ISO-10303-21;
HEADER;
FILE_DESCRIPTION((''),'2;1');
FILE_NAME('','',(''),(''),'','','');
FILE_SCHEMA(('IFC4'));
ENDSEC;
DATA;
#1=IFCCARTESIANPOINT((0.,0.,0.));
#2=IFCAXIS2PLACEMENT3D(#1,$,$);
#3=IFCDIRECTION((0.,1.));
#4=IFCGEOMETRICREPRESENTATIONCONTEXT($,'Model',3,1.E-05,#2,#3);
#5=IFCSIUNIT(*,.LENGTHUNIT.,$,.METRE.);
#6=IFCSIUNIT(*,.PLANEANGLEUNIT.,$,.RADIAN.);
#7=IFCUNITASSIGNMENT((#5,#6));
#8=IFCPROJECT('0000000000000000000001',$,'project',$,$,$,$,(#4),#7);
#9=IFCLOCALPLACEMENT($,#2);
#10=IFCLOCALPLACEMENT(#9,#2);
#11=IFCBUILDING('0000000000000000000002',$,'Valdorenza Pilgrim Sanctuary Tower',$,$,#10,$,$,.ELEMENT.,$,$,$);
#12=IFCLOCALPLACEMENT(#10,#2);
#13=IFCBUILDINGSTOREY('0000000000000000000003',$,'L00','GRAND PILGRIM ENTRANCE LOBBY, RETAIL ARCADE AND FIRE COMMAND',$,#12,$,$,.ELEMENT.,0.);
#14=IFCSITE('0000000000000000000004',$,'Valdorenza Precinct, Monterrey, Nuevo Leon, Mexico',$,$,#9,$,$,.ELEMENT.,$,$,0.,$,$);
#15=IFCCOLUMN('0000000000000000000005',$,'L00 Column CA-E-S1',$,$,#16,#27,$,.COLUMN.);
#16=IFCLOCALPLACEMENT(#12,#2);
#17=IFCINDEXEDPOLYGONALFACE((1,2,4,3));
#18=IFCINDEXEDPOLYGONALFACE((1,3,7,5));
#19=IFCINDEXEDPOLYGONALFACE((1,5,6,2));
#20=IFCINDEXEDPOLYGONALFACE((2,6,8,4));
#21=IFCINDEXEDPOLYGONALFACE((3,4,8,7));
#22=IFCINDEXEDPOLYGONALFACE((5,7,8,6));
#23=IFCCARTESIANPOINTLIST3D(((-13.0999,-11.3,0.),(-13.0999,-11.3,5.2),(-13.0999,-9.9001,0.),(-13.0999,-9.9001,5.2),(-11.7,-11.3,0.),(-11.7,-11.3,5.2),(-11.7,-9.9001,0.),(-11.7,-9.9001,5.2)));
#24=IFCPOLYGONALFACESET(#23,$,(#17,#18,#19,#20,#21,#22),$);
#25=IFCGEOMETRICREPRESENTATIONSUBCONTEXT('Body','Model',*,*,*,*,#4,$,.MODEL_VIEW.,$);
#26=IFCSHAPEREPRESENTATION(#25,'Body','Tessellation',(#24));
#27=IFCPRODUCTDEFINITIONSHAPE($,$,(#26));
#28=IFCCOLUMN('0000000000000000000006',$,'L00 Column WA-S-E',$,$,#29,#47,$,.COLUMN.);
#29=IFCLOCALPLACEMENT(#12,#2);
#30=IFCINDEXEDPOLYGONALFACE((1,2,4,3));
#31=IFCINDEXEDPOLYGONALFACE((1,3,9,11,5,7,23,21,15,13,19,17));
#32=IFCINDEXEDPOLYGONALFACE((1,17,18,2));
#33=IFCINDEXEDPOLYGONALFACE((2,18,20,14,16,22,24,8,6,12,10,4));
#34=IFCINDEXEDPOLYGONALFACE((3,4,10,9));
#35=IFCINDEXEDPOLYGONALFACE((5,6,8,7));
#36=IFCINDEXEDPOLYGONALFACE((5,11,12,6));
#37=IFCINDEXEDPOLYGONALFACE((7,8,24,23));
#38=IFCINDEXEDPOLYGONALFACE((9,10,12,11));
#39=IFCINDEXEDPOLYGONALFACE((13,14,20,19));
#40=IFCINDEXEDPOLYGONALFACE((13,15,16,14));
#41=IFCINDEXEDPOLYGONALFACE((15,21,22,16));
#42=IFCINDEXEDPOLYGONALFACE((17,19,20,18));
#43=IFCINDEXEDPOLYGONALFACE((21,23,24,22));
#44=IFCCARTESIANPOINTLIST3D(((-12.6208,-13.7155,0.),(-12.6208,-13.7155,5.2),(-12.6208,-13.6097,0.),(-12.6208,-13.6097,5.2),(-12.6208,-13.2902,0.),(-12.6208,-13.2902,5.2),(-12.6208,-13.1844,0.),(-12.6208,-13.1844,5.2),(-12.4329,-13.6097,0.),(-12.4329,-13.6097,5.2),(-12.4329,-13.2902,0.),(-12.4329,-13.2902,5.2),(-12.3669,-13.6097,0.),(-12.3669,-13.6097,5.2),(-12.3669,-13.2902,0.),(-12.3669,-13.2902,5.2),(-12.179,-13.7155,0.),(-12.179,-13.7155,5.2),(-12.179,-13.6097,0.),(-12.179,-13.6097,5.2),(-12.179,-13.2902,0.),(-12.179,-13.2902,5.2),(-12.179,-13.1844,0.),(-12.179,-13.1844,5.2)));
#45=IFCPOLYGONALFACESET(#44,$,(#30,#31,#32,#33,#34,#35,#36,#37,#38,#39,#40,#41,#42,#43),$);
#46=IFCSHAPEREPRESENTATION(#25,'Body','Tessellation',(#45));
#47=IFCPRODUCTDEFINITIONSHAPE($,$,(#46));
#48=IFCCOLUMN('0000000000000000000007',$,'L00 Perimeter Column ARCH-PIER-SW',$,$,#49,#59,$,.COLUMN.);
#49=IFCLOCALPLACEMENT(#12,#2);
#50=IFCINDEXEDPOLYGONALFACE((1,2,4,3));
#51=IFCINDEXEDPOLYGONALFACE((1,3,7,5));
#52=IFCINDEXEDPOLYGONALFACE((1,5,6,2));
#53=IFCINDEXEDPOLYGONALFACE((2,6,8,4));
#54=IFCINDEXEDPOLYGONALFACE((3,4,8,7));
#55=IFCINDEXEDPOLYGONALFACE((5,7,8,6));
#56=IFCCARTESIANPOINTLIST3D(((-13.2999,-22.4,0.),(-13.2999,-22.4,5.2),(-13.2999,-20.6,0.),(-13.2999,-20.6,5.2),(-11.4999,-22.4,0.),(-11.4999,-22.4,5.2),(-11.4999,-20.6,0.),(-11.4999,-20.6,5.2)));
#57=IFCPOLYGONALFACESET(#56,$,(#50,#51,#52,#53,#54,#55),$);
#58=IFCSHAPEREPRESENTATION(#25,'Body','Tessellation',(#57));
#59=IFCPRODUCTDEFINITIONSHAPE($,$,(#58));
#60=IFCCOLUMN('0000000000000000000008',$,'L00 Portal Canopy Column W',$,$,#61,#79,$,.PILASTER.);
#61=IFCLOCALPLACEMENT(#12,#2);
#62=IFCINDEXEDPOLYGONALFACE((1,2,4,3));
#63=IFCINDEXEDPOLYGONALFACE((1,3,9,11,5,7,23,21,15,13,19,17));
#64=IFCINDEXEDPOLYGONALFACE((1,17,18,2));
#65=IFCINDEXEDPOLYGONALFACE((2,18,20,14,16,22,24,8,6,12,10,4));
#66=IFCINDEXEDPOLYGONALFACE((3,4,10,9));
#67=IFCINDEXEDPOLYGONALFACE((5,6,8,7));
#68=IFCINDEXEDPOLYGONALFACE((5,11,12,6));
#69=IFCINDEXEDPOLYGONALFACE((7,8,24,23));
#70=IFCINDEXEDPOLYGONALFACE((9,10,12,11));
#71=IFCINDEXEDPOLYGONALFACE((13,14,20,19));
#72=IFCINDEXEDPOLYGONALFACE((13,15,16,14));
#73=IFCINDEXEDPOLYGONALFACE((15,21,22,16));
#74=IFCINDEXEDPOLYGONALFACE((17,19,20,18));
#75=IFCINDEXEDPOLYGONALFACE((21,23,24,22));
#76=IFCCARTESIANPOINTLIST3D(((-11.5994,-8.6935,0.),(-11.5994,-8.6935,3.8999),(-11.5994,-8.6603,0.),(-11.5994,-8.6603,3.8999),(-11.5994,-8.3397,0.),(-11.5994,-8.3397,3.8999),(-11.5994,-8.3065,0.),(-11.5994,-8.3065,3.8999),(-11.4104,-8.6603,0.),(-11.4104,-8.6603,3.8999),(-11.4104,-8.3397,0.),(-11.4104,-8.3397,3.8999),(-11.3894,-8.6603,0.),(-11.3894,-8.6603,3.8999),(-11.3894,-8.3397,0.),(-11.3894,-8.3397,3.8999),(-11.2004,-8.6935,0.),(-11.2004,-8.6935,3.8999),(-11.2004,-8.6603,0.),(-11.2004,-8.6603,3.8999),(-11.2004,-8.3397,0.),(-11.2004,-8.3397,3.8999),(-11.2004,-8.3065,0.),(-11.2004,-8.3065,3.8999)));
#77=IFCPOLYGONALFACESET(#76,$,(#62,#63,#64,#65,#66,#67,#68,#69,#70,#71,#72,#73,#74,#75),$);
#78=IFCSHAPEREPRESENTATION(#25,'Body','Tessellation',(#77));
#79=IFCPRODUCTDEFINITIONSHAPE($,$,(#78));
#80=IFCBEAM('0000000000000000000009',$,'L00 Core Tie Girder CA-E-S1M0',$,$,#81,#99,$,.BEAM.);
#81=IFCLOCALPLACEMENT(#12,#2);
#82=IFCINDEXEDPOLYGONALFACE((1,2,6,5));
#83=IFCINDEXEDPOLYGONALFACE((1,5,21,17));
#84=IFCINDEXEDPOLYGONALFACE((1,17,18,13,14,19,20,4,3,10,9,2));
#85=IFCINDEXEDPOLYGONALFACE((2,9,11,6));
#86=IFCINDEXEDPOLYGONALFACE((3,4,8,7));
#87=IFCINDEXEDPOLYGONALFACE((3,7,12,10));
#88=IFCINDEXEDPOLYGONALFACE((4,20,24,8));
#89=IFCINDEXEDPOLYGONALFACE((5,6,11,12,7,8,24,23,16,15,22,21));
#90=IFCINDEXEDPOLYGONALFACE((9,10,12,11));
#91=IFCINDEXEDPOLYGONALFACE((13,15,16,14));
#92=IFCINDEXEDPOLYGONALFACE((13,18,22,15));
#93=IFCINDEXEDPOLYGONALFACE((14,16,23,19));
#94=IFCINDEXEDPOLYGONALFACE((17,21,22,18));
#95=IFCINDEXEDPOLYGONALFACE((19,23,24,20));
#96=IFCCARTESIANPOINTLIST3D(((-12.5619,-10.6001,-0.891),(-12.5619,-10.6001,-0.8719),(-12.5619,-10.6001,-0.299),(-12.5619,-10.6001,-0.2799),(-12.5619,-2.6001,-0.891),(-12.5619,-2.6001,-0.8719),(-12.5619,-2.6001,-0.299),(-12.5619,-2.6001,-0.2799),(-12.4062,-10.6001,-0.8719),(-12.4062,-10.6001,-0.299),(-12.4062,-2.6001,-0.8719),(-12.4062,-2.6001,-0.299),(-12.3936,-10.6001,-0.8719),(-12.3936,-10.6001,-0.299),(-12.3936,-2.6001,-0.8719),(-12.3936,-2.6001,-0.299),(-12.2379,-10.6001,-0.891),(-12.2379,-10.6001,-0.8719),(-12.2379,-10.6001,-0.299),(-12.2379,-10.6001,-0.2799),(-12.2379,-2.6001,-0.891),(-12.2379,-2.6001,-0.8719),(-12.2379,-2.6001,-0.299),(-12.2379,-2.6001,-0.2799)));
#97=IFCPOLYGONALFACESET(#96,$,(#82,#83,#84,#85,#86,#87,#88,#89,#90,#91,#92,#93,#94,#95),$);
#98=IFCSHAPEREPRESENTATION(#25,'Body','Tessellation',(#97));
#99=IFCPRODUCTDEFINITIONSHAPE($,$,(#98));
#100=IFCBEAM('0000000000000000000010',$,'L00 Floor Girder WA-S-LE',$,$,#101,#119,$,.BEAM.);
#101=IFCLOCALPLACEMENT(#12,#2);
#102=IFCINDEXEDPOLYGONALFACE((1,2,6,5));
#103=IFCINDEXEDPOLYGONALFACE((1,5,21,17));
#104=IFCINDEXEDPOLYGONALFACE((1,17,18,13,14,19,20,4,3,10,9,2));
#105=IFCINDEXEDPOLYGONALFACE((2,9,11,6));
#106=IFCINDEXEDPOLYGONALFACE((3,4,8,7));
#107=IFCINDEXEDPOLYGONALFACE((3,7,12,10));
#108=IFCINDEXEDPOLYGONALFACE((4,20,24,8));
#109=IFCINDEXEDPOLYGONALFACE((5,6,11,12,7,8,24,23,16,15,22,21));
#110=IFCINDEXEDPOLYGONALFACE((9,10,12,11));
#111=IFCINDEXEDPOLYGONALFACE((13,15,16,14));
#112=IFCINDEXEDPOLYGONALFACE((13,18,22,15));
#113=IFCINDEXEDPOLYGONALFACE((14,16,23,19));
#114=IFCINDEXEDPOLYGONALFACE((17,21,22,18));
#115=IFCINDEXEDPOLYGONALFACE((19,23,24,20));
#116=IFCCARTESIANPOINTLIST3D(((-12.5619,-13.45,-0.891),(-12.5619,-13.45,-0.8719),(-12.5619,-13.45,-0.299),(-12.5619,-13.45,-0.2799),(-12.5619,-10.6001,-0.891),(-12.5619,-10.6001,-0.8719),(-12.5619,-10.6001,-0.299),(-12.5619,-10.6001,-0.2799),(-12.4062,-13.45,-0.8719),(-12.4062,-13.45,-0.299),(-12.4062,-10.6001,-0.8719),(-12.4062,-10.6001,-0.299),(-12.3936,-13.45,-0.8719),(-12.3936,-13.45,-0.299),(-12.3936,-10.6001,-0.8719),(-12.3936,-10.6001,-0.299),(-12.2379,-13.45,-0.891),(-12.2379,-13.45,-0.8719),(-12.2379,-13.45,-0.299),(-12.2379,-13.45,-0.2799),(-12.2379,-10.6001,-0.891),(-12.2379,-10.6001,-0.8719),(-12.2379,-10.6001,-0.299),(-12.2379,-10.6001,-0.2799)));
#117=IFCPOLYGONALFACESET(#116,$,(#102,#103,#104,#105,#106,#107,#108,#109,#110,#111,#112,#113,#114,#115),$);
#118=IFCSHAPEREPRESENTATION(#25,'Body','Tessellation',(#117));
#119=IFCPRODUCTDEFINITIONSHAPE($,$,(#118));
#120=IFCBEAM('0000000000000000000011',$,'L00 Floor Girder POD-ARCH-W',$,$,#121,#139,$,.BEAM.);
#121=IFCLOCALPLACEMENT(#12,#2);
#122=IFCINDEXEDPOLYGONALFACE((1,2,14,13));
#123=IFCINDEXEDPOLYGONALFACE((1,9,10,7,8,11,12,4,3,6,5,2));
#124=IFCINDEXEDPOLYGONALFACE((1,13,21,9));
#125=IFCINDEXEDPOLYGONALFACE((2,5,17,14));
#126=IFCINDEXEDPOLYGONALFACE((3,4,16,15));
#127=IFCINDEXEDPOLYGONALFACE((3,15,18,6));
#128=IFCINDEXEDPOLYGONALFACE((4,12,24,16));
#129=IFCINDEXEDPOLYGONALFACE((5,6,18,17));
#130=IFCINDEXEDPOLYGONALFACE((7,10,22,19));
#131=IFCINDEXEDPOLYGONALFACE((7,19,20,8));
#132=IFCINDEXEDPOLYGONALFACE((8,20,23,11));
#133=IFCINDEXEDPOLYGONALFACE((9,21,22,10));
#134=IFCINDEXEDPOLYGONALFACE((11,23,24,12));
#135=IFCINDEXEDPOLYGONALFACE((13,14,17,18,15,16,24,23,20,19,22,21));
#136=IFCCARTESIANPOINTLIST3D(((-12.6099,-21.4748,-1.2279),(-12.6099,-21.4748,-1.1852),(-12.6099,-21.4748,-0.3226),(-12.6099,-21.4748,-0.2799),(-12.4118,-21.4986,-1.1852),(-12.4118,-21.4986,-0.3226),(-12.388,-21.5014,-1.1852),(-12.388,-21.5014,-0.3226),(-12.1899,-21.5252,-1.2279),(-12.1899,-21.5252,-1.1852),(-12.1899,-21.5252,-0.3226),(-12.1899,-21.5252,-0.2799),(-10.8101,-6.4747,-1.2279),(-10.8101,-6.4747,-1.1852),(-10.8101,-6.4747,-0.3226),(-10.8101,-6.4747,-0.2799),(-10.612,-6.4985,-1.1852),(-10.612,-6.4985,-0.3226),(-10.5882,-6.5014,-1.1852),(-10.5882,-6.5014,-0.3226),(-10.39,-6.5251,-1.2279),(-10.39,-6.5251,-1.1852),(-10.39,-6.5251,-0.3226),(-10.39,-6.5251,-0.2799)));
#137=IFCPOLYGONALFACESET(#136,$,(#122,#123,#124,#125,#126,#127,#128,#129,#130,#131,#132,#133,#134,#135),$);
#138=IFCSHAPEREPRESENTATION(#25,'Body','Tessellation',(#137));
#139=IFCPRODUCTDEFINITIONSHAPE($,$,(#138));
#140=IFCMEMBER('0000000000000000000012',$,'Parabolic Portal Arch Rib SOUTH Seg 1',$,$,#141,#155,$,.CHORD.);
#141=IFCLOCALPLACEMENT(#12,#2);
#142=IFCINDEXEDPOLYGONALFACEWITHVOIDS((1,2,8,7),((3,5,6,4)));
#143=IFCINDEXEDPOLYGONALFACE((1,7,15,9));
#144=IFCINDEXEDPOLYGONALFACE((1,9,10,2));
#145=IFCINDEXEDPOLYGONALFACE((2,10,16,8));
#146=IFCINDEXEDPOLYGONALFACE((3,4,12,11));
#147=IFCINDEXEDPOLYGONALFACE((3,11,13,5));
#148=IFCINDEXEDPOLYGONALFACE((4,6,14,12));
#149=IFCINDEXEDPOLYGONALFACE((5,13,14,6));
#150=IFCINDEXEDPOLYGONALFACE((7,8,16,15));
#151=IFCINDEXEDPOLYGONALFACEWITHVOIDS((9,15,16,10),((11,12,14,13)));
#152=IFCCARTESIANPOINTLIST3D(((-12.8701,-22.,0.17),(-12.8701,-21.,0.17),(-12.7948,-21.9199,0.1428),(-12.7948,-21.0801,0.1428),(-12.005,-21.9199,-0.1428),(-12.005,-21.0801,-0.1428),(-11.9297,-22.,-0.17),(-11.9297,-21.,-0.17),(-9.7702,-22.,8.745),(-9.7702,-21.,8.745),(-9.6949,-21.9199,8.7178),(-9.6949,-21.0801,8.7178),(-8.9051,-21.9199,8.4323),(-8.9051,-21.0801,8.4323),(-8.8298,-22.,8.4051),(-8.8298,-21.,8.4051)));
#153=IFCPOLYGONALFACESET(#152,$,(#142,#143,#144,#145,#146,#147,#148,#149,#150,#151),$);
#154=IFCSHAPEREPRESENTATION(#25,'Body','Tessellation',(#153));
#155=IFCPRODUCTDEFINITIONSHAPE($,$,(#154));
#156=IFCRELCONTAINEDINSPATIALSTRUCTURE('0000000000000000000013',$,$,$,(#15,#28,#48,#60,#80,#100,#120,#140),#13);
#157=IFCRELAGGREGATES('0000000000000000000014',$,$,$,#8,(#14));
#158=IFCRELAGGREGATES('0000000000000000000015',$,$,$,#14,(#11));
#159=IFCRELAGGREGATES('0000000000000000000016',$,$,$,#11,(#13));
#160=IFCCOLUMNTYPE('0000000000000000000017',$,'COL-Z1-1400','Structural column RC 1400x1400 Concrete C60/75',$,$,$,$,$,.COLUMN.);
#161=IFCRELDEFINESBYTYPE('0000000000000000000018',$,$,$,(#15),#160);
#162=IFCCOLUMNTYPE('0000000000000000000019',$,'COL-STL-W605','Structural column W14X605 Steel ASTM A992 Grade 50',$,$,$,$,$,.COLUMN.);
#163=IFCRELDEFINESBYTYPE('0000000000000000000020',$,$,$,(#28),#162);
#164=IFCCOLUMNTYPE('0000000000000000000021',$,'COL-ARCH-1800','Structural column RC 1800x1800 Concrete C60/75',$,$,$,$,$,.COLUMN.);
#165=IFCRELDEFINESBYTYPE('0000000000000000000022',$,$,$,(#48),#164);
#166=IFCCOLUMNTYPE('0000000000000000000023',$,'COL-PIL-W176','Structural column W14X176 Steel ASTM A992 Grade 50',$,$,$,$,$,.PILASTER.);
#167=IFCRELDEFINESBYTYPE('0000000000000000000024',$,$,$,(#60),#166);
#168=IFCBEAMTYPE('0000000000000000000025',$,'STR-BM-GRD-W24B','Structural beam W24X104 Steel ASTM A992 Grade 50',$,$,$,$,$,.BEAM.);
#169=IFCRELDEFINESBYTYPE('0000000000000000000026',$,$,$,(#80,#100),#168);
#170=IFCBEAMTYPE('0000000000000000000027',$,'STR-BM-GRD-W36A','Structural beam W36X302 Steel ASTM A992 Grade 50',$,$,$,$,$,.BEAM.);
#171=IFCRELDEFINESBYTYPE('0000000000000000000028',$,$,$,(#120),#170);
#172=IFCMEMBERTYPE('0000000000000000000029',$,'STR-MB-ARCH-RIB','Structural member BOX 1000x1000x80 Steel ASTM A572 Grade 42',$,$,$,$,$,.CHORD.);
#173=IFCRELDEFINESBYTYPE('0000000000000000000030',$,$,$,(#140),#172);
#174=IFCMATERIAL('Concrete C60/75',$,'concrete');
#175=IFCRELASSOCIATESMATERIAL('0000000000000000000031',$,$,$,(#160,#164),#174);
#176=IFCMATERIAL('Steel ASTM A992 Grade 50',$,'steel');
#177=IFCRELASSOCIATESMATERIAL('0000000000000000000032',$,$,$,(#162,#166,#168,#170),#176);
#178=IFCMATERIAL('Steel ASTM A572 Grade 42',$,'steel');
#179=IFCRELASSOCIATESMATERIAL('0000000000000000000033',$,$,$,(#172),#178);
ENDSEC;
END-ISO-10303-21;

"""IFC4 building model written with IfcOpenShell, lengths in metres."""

from ifc_helpers import new_model, si_unit, direction, frame, origin, origin_2d, place, context, subcontext, project, spatial, rectangle, hollow_rectangle, i_section, extrude, source, transform, mapped, material, material_profile, profile_set, type_object, element, save


model = new_model("IFC4")

# Units and contexts
model_context = context("Model", 3, precision=1e-05, world=origin(), true_north=direction((0.0, 1.0)))
body_context = subcontext(model_context, "Body", "Model", "MODEL_VIEW")
ifc_project = project(units=[si_unit("LENGTHUNIT", "METRE"), si_unit("PLANEANGLEUNIT", "RADIAN")], contexts=[model_context])

# Site, building, storey
site_placement = place(None, origin())
site = spatial("IfcSite", under=ifc_project, at=site_placement, Name="Valdorenza Precinct, Monterrey, Nuevo Leon, Mexico", CompositionType="ELEMENT", RefElevation=0.0)
building_placement = place(site_placement, origin())
building = spatial("IfcBuilding", under=site, at=building_placement, Name="Valdorenza Pilgrim Sanctuary Tower", CompositionType="ELEMENT")
storey_placement = place(building_placement, origin())
storey = spatial("IfcBuildingStorey", under=building, at=storey_placement, Name="L00", Description="GRAND PILGRIM ENTRANCE LOBBY, RETAIL ARCADE AND FIRE COMMAND", CompositionType="ELEMENT", Elevation=0.0)

# Columns
ifc_material_1 = material(Name="Concrete C60/75", Category="concrete")
ifc_material_profile_1 = material_profile(ifc_material_1, rectangle(XDim=1.3999, YDim=1.3999, at=origin_2d()), Name="RC 1400x1400")
ifc_profile_set_1 = profile_set([ifc_material_profile_1], Name="Concrete C60/75")
column_type_1 = type_object("IfcColumnType", Name="COL-Z1-1400", Description="Structural column RC 1400x1400 Concrete C60/75", PredefinedType="COLUMN", material=ifc_profile_set_1)
shared_shape_1 = source(origin(), body_context, "Body", "SweptSolid", [
    extrude(rectangle(XDim=1.3999, YDim=1.3999, at=origin_2d()), origin(), (0.0, 0.0, 1.0), 5.2),
])
column_1_placement = place(storey_placement, frame((-12.3999, -10.6001, 0.0), z_axis=(0.0, 0.0, 1.0), x_axis=(1.0, 0.0, 0.0)))
element("IfcColumn", 1, at=column_1_placement, inside=storey, type_object=column_type_1, Name="L00 Column CA-E-S1", PredefinedType="COLUMN", context=body_context, shape_type="MappedRepresentation", body=[
    mapped(shared_shape_1, transform((0.0, 0.0, 0.0), x_axis=(1.0, 0.0, 0.0), y_axis=(0.0, 1.0, 0.0), z_axis=(0.0, 0.0, 1.0), scale=1.0)),
])
ifc_material_2 = material(Name="Steel ASTM A992 Grade 50", Category="steel")
ifc_material_profile_2 = material_profile(ifc_material_2, i_section(OverallWidth=0.4419, OverallDepth=0.531, WebThickness=0.0659, FlangeThickness=0.1057, at=origin_2d()), Name="W14X605")
ifc_profile_set_2 = profile_set([ifc_material_profile_2], Name="Steel ASTM A992 Grade 50")
column_type_2 = type_object("IfcColumnType", Name="COL-STL-W605", Description="Structural column W14X605 Steel ASTM A992 Grade 50", PredefinedType="COLUMN", material=ifc_profile_set_2)
shared_shape_2 = source(origin(), body_context, "Body", "SweptSolid", [
    extrude(i_section(OverallWidth=0.4419, OverallDepth=0.531, WebThickness=0.0659, FlangeThickness=0.1057, at=origin_2d()), origin(), (0.0, 0.0, 1.0), 5.2),
])
column_2_placement = place(storey_placement, frame((-12.3999, -13.45, 0.0), z_axis=(0.0, 0.0, 1.0), x_axis=(1.0, 0.0, 0.0)))
element("IfcColumn", 2, at=column_2_placement, inside=storey, type_object=column_type_2, Name="L00 Column WA-S-E", PredefinedType="COLUMN", context=body_context, shape_type="MappedRepresentation", body=[
    mapped(shared_shape_2, transform((0.0, 0.0, 0.0), x_axis=(1.0, 0.0, 0.0), y_axis=(0.0, 1.0, 0.0), z_axis=(0.0, 0.0, 1.0), scale=1.0)),
])
ifc_material_profile_3 = material_profile(ifc_material_1, rectangle(XDim=1.8, YDim=1.8, at=origin_2d()), Name="RC 1800x1800")
ifc_profile_set_3 = profile_set([ifc_material_profile_3], Name="Concrete C60/75")
column_type_3 = type_object("IfcColumnType", Name="COL-ARCH-1800", Description="Structural column RC 1800x1800 Concrete C60/75", PredefinedType="COLUMN", material=ifc_profile_set_3)
shared_shape_3 = source(origin(), body_context, "Body", "SweptSolid", [
    extrude(rectangle(XDim=1.8, YDim=1.8, at=origin_2d()), origin(), (0.0, 0.0, 1.0), 5.2),
])
column_3_placement = place(storey_placement, frame((-12.3999, -21.5, 0.0), z_axis=(0.0, 0.0, 1.0), x_axis=(1.0, 0.0, 0.0)))
element("IfcColumn", 3, at=column_3_placement, inside=storey, type_object=column_type_3, Name="L00 Perimeter Column ARCH-PIER-SW", PredefinedType="COLUMN", context=body_context, shape_type="MappedRepresentation", body=[
    mapped(shared_shape_3, transform((0.0, 0.0, 0.0), x_axis=(1.0, 0.0, 0.0), y_axis=(0.0, 1.0, 0.0), z_axis=(0.0, 0.0, 1.0), scale=1.0)),
])
ifc_material_profile_4 = material_profile(ifc_material_2, i_section(OverallWidth=0.3989, OverallDepth=0.387, WebThickness=0.021, FlangeThickness=0.0332, at=origin_2d()), Name="W14X176")
ifc_profile_set_4 = profile_set([ifc_material_profile_4], Name="Steel ASTM A992 Grade 50")
column_type_4 = type_object("IfcColumnType", Name="COL-PIL-W176", Description="Structural column W14X176 Steel ASTM A992 Grade 50", PredefinedType="PILASTER", material=ifc_profile_set_4)
shared_shape_4 = source(origin(), body_context, "Body", "SweptSolid", [
    extrude(i_section(OverallWidth=0.3989, OverallDepth=0.387, WebThickness=0.021, FlangeThickness=0.0332, at=origin_2d()), origin(), (0.0, 0.0, 1.0), 3.8999),
])
column_4_placement = place(storey_placement, frame((-11.3999, -8.5, 0.0), z_axis=(0.0, 0.0, 1.0), x_axis=(1.0, 0.0, 0.0)))
element("IfcColumn", 4, at=column_4_placement, inside=storey, type_object=column_type_4, Name="L00 Portal Canopy Column W", PredefinedType="PILASTER", context=body_context, shape_type="MappedRepresentation", body=[
    mapped(shared_shape_4, transform((0.0, 0.0, 0.0), x_axis=(1.0, 0.0, 0.0), y_axis=(0.0, 1.0, 0.0), z_axis=(0.0, 0.0, 1.0), scale=1.0)),
])

# Beams
ifc_material_profile_5 = material_profile(ifc_material_2, i_section(OverallWidth=0.324, OverallDepth=0.6111, WebThickness=0.0127, FlangeThickness=0.019, at=origin_2d()), Name="W24X104")
ifc_profile_set_5 = profile_set([ifc_material_profile_5], Name="Steel ASTM A992 Grade 50")
beam_type_1 = type_object("IfcBeamType", Name="STR-BM-GRD-W24B", Description="Structural beam W24X104 Steel ASTM A992 Grade 50", PredefinedType="BEAM", material=ifc_profile_set_5)
shared_shape_5 = source(origin(), body_context, "Body", "SweptSolid", [
    extrude(i_section(OverallWidth=0.324, OverallDepth=0.6111, WebThickness=0.0127, FlangeThickness=0.019, at=origin_2d()), origin(), (0.0, 0.0, 1.0), 8.0),
])
beam_1_placement = place(storey_placement, frame((-12.3999, -10.6001, -0.5854), z_axis=(0.0, 1.0, 0.0), x_axis=(-1.0, 0.0, 0.0)))
element("IfcBeam", 5, at=beam_1_placement, inside=storey, type_object=beam_type_1, Name="L00 Core Tie Girder CA-E-S1M0", PredefinedType="BEAM", context=body_context, shape_type="MappedRepresentation", body=[
    mapped(shared_shape_5, transform((0.0, 0.0, 0.0), x_axis=(1.0, 0.0, 0.0), y_axis=(0.0, 1.0, 0.0), z_axis=(0.0, 0.0, 1.0), scale=1.0)),
])
shared_shape_6 = source(origin(), body_context, "Body", "SweptSolid", [
    extrude(i_section(OverallWidth=0.324, OverallDepth=0.6111, WebThickness=0.0127, FlangeThickness=0.019, at=origin_2d()), origin(), (0.0, 0.0, 1.0), 2.8499),
])
beam_2_placement = place(storey_placement, frame((-12.3999, -13.45, -0.5854), z_axis=(0.0, 1.0, 0.0), x_axis=(-1.0, 0.0, 0.0)))
element("IfcBeam", 6, at=beam_2_placement, inside=storey, type_object=beam_type_1, Name="L00 Floor Girder WA-S-LE", PredefinedType="BEAM", context=body_context, shape_type="MappedRepresentation", body=[
    mapped(shared_shape_6, transform((0.0, 0.0, 0.0), x_axis=(1.0, 0.0, 0.0), y_axis=(0.0, 1.0, 0.0), z_axis=(0.0, 0.0, 1.0), scale=1.0)),
])
ifc_material_profile_6 = material_profile(ifc_material_2, i_section(OverallWidth=0.4231, OverallDepth=0.948, WebThickness=0.0239, FlangeThickness=0.0427, at=origin_2d()), Name="W36X302")
ifc_profile_set_6 = profile_set([ifc_material_profile_6], Name="Steel ASTM A992 Grade 50")
beam_type_2 = type_object("IfcBeamType", Name="STR-BM-GRD-W36A", Description="Structural beam W36X302 Steel ASTM A992 Grade 50", PredefinedType="BEAM", material=ifc_profile_set_6)
shared_shape_7 = source(origin(), body_context, "Body", "SweptSolid", [
    extrude(i_section(OverallWidth=0.4231, OverallDepth=0.948, WebThickness=0.0239, FlangeThickness=0.0427, at=origin_2d()), origin(), (0.0, 0.0, 1.0), 15.1077),
])
beam_3_placement = place(storey_placement, frame((-12.3999, -21.5, -0.7539), z_axis=(0.119132, 0.992878, 0.0), x_axis=(-0.992878, 0.119132, 0.0)))
element("IfcBeam", 7, at=beam_3_placement, inside=storey, type_object=beam_type_2, Name="L00 Floor Girder POD-ARCH-W", PredefinedType="BEAM", context=body_context, shape_type="MappedRepresentation", body=[
    mapped(shared_shape_7, transform((0.0, 0.0, 0.0), x_axis=(1.0, 0.0, 0.0), y_axis=(0.0, 1.0, 0.0), z_axis=(0.0, 0.0, 1.0), scale=1.0)),
])

# Member
ifc_material_3 = material(Name="Steel ASTM A572 Grade 42", Category="steel")
ifc_material_profile_7 = material_profile(ifc_material_3, hollow_rectangle(XDim=1.0, YDim=1.0, WallThickness=0.0801, at=origin_2d()), Name="BOX 1000x1000x80")
ifc_profile_set_7 = profile_set([ifc_material_profile_7], Name="Steel ASTM A572 Grade 42")
member_type = type_object("IfcMemberType", Name="STR-MB-ARCH-RIB", Description="Structural member BOX 1000x1000x80 Steel ASTM A572 Grade 42", PredefinedType="CHORD", material=ifc_profile_set_7)
shared_shape_8 = source(origin(), body_context, "Body", "SweptSolid", [
    extrude(hollow_rectangle(XDim=1.0, YDim=1.0, WallThickness=0.0801, at=origin_2d()), origin(), (0.0, 0.0, 1.0), 9.1182),
])
member_placement = place(storey_placement, frame((-12.3999, -21.5, 0.0), z_axis=(0.339969, 0.0, 0.940437), x_axis=(0.0, 1.0, 0.0)))
element("IfcMember", 8, at=member_placement, inside=storey, type_object=member_type, Name="Parabolic Portal Arch Rib SOUTH Seg 1", PredefinedType="CHORD", context=body_context, shape_type="MappedRepresentation", body=[
    mapped(shared_shape_8, transform((0.0, 0.0, 0.0), x_axis=(1.0, 0.0, 0.0), y_axis=(0.0, 1.0, 0.0), z_axis=(0.0, 0.0, 1.0), scale=1.0)),
])

save(model, "model.ifc")
